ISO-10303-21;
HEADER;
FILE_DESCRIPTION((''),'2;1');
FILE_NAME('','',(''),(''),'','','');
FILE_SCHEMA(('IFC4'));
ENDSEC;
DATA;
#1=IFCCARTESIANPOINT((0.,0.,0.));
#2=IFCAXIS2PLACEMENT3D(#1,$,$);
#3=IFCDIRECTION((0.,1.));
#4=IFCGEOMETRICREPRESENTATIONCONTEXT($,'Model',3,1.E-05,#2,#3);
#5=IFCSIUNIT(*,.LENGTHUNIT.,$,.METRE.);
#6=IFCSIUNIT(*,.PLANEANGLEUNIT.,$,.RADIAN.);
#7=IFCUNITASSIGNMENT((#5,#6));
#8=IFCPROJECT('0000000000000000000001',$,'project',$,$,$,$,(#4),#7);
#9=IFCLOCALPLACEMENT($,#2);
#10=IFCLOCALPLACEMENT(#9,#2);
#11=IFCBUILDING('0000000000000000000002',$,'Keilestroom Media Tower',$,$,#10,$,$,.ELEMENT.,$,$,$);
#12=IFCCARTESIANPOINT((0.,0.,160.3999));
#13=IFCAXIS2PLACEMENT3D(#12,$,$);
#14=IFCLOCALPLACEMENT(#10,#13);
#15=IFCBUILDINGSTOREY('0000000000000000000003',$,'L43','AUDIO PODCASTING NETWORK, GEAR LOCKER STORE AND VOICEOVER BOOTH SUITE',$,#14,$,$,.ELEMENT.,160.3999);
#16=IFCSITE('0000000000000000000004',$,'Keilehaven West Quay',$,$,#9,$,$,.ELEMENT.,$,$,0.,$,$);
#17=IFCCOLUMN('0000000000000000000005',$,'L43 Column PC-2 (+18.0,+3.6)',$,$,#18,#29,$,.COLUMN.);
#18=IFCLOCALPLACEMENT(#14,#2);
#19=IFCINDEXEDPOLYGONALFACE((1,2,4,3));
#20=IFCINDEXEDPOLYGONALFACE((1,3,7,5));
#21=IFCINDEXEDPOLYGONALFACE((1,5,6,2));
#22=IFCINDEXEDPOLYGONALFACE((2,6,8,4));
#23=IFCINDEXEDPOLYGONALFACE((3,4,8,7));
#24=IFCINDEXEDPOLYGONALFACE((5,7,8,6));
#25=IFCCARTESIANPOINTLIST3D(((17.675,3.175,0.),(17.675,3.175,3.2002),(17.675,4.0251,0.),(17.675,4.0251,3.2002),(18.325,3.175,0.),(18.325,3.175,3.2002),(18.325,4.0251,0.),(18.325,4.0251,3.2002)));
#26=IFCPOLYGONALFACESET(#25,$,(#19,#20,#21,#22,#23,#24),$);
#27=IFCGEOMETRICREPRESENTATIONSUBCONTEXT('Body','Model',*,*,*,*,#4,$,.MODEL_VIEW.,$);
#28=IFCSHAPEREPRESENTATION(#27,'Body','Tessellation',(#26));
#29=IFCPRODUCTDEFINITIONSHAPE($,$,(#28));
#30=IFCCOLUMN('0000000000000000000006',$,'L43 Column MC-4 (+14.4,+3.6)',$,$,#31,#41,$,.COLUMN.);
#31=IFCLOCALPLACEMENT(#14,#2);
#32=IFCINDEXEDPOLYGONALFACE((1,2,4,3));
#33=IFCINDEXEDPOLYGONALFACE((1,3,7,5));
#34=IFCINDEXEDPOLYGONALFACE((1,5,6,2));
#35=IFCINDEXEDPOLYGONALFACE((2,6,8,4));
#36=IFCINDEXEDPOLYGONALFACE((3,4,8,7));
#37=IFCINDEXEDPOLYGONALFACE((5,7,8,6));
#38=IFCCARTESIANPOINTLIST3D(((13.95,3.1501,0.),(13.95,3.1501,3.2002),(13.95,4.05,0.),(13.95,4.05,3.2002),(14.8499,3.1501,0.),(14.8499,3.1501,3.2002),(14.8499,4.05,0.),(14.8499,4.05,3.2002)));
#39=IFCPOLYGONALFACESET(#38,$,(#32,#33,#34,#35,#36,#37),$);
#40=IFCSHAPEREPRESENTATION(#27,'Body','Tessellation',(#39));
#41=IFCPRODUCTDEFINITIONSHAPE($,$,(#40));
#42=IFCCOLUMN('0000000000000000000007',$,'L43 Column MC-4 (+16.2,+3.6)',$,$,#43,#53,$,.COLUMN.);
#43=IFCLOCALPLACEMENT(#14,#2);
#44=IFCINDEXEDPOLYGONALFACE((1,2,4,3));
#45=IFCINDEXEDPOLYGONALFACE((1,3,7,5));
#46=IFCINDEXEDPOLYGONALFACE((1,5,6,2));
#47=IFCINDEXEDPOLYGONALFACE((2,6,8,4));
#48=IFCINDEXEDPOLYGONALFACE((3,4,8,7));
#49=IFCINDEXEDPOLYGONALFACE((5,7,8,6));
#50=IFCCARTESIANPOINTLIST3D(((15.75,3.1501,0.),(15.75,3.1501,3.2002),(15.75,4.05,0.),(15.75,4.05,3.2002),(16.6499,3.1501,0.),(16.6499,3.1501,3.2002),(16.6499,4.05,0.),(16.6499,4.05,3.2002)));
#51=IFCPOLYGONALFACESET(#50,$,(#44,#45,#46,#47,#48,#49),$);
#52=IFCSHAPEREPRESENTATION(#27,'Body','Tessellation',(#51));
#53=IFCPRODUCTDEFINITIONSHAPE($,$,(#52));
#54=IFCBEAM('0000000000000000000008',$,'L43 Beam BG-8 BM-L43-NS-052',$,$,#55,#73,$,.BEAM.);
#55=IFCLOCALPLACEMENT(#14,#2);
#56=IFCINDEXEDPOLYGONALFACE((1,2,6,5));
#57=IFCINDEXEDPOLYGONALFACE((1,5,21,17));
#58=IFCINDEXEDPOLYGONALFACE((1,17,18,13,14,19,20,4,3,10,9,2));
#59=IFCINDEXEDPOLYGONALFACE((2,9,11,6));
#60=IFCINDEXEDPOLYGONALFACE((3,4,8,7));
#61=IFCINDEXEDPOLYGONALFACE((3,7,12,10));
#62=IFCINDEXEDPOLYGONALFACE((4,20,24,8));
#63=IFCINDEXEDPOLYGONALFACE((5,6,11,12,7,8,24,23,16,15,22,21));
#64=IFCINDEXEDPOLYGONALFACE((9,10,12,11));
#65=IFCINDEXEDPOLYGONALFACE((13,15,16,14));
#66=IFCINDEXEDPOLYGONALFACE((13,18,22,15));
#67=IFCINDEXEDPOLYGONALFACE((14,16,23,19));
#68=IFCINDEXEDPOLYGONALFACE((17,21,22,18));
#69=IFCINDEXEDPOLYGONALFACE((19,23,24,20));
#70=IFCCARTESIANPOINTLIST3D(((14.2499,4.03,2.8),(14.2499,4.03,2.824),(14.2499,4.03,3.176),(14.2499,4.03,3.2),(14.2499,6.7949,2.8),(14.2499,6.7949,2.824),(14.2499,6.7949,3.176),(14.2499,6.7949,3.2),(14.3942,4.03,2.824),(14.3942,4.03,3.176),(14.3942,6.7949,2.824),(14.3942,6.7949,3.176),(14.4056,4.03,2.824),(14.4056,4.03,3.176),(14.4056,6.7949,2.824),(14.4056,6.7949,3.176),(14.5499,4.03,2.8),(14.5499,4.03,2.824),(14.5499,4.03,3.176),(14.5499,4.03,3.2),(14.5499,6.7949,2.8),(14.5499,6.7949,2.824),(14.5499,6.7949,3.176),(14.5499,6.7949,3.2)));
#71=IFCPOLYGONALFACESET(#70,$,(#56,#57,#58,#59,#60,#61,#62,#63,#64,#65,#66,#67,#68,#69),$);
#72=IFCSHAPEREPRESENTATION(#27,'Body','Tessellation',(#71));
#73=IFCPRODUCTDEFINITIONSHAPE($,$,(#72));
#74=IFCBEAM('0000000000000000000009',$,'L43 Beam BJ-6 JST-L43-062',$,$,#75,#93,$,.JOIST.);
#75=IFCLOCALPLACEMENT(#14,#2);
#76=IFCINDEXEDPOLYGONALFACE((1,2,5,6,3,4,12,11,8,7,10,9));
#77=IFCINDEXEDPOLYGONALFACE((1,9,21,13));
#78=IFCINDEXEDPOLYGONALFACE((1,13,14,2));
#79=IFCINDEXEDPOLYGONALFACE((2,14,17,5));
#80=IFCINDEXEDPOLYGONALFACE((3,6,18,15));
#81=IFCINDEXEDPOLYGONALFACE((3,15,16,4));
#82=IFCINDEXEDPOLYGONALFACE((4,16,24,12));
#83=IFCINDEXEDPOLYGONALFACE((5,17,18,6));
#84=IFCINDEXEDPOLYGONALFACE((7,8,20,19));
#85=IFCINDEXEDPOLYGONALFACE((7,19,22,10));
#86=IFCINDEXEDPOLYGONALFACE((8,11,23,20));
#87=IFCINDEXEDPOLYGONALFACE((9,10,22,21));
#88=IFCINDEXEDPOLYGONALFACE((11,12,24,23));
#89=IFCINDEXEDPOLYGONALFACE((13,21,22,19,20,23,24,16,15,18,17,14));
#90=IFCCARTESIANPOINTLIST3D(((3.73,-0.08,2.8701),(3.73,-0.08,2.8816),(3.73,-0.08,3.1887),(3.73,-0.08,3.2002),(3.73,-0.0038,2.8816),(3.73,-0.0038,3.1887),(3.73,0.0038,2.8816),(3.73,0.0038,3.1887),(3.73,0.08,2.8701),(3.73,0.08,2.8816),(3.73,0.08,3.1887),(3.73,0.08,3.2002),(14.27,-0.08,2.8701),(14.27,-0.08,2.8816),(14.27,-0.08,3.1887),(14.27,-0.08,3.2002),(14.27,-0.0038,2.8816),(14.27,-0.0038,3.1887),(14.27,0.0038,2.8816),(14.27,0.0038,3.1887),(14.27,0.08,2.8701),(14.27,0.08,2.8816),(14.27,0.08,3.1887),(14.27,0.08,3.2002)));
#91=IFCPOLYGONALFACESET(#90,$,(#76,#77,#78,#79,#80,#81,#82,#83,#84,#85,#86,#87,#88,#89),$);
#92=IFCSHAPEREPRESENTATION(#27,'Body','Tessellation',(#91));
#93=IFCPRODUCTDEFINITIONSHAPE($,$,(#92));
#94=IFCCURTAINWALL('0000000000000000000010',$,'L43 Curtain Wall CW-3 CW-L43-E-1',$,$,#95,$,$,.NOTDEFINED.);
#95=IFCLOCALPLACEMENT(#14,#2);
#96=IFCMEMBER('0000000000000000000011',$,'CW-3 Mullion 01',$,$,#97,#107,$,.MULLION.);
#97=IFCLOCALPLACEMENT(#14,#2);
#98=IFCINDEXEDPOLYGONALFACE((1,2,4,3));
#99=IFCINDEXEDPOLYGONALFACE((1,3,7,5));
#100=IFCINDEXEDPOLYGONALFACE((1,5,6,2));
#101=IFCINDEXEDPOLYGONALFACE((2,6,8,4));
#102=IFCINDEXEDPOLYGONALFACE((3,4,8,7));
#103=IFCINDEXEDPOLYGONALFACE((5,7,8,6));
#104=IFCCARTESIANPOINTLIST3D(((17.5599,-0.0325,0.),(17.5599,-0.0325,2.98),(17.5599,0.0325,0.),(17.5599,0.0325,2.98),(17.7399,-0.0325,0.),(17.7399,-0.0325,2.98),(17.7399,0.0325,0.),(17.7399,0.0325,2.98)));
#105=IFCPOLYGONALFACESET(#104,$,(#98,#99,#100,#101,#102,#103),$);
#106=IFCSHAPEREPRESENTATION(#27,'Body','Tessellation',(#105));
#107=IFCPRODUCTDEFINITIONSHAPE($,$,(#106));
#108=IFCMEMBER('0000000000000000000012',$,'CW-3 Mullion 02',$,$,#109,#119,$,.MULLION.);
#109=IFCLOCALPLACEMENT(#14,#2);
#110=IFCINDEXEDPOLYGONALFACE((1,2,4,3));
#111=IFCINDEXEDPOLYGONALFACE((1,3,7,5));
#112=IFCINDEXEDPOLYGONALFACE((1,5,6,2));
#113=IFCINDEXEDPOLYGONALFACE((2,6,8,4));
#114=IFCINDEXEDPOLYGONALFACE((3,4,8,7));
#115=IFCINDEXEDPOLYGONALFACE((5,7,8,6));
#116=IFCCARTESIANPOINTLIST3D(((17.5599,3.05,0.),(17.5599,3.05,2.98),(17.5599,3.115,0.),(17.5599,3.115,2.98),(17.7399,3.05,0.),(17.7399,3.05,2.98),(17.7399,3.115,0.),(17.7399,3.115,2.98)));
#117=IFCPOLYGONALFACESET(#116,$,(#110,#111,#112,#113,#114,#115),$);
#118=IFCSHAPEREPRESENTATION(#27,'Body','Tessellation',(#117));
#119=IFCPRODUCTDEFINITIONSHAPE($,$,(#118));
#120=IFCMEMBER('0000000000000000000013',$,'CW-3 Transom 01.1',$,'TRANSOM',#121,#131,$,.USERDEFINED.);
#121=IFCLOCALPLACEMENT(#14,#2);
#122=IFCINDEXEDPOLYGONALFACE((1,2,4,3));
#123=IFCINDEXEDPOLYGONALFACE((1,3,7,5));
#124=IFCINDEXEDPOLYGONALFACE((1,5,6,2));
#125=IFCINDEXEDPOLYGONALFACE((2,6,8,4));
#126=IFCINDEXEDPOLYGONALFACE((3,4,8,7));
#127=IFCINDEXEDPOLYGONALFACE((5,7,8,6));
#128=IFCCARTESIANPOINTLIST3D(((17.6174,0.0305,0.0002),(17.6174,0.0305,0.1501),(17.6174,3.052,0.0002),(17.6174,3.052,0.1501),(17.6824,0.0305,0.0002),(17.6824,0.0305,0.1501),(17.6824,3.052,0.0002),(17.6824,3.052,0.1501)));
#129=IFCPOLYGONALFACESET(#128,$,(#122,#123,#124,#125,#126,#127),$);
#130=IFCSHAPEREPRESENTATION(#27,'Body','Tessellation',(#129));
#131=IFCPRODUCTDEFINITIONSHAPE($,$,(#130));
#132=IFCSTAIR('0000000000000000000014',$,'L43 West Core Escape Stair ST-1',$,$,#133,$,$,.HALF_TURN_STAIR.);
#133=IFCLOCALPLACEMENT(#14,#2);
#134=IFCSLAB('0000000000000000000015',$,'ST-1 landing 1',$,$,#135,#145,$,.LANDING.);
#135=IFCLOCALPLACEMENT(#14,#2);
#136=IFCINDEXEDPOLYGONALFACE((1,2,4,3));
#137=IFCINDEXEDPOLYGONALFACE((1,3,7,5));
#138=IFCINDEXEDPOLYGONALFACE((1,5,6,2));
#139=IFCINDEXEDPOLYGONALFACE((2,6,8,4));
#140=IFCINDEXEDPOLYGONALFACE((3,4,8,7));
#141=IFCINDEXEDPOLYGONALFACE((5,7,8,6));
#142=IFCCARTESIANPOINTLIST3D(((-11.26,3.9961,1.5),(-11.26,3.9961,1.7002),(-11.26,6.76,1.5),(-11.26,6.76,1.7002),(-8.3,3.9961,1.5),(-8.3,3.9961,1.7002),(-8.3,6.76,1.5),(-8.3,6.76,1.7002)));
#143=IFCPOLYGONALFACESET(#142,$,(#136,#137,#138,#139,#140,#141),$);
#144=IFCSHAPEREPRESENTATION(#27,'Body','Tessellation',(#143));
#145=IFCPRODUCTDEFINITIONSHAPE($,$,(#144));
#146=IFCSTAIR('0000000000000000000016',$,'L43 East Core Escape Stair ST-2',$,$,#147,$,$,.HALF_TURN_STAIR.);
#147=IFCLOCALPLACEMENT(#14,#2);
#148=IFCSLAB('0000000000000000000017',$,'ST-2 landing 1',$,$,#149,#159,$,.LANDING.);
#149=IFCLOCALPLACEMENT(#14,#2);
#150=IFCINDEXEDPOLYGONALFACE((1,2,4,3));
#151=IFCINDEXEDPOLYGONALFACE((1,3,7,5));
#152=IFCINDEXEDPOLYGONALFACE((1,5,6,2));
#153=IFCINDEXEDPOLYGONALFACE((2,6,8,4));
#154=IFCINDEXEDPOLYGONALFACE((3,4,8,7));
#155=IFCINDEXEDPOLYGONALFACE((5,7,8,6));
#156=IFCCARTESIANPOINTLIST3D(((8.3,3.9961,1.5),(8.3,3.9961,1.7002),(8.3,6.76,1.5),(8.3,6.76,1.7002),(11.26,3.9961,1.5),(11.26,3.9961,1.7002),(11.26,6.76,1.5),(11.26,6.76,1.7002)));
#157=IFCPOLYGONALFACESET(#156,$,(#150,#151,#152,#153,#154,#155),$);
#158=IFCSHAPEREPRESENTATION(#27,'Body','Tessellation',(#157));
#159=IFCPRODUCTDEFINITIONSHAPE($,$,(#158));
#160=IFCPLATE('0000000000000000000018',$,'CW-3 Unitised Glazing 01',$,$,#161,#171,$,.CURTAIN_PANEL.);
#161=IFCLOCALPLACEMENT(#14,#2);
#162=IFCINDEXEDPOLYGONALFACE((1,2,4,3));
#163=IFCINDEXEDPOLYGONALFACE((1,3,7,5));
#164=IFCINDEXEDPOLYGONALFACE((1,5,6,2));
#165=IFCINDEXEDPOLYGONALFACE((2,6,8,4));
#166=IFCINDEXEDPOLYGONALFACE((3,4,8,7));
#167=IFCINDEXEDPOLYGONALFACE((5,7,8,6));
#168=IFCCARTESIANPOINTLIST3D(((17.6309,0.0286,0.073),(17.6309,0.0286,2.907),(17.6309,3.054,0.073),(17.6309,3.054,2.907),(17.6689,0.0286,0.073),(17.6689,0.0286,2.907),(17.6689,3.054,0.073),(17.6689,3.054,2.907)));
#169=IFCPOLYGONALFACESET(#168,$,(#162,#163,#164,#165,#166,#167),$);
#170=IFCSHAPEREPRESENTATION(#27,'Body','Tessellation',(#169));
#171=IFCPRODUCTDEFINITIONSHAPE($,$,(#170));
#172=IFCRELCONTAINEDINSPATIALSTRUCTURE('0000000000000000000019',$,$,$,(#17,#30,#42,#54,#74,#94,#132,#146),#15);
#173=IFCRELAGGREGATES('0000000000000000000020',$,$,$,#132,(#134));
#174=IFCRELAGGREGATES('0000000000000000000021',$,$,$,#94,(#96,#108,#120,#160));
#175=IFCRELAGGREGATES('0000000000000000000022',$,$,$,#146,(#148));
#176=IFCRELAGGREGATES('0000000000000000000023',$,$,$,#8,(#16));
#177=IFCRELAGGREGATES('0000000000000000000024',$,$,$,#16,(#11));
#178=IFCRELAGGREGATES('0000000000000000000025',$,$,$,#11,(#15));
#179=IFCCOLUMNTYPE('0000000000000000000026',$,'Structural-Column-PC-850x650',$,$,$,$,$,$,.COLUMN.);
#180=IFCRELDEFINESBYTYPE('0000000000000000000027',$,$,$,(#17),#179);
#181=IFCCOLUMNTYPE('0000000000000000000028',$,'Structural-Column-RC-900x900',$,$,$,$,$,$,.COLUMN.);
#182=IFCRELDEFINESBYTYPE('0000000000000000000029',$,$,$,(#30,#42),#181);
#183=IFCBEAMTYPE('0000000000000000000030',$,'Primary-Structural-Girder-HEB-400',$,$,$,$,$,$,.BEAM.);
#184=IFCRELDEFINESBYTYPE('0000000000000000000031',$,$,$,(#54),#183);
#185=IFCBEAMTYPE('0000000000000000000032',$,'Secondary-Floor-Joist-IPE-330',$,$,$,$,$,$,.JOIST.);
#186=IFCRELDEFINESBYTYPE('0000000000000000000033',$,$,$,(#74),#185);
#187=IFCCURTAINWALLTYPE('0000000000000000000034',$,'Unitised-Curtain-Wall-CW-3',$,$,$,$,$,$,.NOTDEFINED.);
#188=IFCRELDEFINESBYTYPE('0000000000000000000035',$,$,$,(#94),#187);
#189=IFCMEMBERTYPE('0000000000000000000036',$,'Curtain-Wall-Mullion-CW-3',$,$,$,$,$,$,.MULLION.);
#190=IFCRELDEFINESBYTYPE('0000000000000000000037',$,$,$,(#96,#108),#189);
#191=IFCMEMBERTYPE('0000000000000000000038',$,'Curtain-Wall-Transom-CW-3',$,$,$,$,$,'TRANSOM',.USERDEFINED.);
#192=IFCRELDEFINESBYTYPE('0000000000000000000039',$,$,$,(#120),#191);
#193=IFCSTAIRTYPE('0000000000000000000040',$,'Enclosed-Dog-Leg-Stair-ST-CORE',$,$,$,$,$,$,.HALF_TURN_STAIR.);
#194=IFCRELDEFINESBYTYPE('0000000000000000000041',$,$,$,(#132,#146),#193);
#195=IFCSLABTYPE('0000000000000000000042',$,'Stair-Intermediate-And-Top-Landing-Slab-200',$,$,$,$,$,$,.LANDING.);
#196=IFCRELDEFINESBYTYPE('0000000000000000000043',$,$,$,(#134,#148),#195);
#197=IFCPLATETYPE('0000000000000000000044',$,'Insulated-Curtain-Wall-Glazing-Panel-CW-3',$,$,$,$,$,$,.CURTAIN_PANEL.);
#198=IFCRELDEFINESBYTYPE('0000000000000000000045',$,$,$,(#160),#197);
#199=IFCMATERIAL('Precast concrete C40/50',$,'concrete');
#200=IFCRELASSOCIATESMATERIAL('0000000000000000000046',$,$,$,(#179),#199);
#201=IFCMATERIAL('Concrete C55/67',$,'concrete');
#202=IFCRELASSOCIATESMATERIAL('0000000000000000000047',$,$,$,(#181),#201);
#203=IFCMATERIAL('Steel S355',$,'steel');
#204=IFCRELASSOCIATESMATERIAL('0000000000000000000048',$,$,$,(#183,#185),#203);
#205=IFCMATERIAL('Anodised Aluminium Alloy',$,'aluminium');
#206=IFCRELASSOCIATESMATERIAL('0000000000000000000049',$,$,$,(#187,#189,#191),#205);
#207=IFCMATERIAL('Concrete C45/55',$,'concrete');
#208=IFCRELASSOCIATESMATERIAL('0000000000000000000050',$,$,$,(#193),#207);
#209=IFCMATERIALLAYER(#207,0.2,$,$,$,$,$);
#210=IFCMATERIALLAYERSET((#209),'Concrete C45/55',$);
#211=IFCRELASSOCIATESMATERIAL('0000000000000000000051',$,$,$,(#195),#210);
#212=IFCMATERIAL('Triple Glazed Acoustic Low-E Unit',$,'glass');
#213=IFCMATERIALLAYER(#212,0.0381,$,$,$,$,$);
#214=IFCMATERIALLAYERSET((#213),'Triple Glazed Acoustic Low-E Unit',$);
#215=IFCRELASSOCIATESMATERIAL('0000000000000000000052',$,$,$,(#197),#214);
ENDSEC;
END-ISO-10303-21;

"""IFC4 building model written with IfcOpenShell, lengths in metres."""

from ifc_helpers import new_model, si_unit, direction, frame, origin, origin_2d, place, context, subcontext, project, spatial, polyline, rectangle, i_section, outline, extrude, source, transform, mapped, material, layer, layer_set, material_profile, profile_set, type_object, element, aggregate, save


model = new_model("IFC4")

# Units and contexts
model_context = context("Model", 3, precision=1e-05, world=origin(), true_north=direction((0.0, 1.0)))
body_context = subcontext(model_context, "Body", "Model", "MODEL_VIEW")
ifc_project = project(units=[si_unit("LENGTHUNIT", "METRE"), si_unit("PLANEANGLEUNIT", "RADIAN")], contexts=[model_context])

# Site, building, storey
site_placement = place(None, origin())
site = spatial("IfcSite", under=ifc_project, at=site_placement, Name="Keilehaven West Quay", CompositionType="ELEMENT", RefElevation=0.0)
building_placement = place(site_placement, origin())
building = spatial("IfcBuilding", under=site, at=building_placement, Name="Keilestroom Media Tower", CompositionType="ELEMENT")
storey_placement = place(building_placement, frame((0.0, 0.0, 160.3999)))
storey = spatial("IfcBuildingStorey", under=building, at=storey_placement, Name="L43", Description="AUDIO PODCASTING NETWORK, GEAR LOCKER STORE AND VOICEOVER BOOTH SUITE", CompositionType="ELEMENT", Elevation=160.3999)

# Columns
ifc_material_1 = material(Name="Precast concrete C40/50", Category="concrete")
ifc_material_profile_1 = material_profile(ifc_material_1, rectangle(XDim=0.6499, YDim=0.8501, at=origin_2d()), Name="PC 850x650")
ifc_profile_set_1 = profile_set([ifc_material_profile_1], Name="Precast concrete C40/50")
column_type_1 = type_object("IfcColumnType", Name="Structural-Column-PC-850x650", PredefinedType="COLUMN", material=ifc_profile_set_1)
shared_shape_1 = source(origin(), body_context, "Body", "SweptSolid", [
    extrude(rectangle(XDim=0.6499, YDim=0.8501, at=origin_2d()), origin(), (0.0, 0.0, 1.0), 3.2002),
])
column_placement = place(storey_placement, frame((18.0, 3.6001, 0.0), z_axis=(0.0, 0.0, 1.0), x_axis=(1.0, 0.0, 0.0)))
element("IfcColumn", 1, at=column_placement, inside=storey, type_object=column_type_1, Name="L43 Column PC-2 (+18.0,+3.6)", PredefinedType="COLUMN", context=body_context, shape_type="MappedRepresentation", body=[
    mapped(shared_shape_1, transform((0.0, 0.0, 0.0), x_axis=(1.0, 0.0, 0.0), y_axis=(0.0, 1.0, 0.0), z_axis=(0.0, 0.0, 1.0), scale=1.0)),
])
ifc_material_2 = material(Name="Concrete C55/67", Category="concrete")
ifc_material_profile_2 = material_profile(ifc_material_2, rectangle(XDim=0.8999, YDim=0.8999, at=origin_2d()), Name="RC 900x900")
ifc_profile_set_2 = profile_set([ifc_material_profile_2], Name="Concrete C55/67")
column_type_2 = type_object("IfcColumnType", Name="Structural-Column-RC-900x900", PredefinedType="COLUMN", material=ifc_profile_set_2)
shared_shape_2 = source(origin(), body_context, "Body", "SweptSolid", [
    extrude(rectangle(XDim=0.8999, YDim=0.8999, at=origin_2d()), origin(), (0.0, 0.0, 1.0), 3.2002),
])
for number, where, z_axis, x_axis, name in (
    (2, (14.3999, 3.6001, 0.0), (0.0, 0.0, 1.0), (1.0, 0.0, 0.0), "L43 Column MC-4 (+14.4,+3.6)"),
    (3, (16.2, 3.6001, 0.0), (0.0, 0.0, 1.0), (1.0, 0.0, 0.0), "L43 Column MC-4 (+16.2,+3.6)"),
):
    element("IfcColumn", number, at=place(storey_placement, frame(where, z_axis=z_axis, x_axis=x_axis)), inside=storey, type_object=column_type_2, Name=name, PredefinedType="COLUMN", context=body_context, shape_type="MappedRepresentation", body=[
        mapped(shared_shape_2, transform((0.0, 0.0, 0.0), x_axis=(1.0, 0.0, 0.0), y_axis=(0.0, 1.0, 0.0), z_axis=(0.0, 0.0, 1.0), scale=1.0)),
    ])

# Beams
ifc_material_3 = material(Name="Steel S355", Category="steel")
ifc_material_profile_3 = material_profile(ifc_material_3, i_section(OverallWidth=0.3, OverallDepth=0.3999, WebThickness=0.0115, FlangeThickness=0.0239, at=origin_2d()), Name="HEB 400")
ifc_profile_set_3 = profile_set([ifc_material_profile_3], Name="Steel S355")
beam_type_1 = type_object("IfcBeamType", Name="Primary-Structural-Girder-HEB-400", PredefinedType="BEAM", material=ifc_profile_set_3)
shared_shape_3 = source(origin(), body_context, "Body", "SweptSolid", [
    extrude(i_section(OverallWidth=0.3, OverallDepth=0.3999, WebThickness=0.0115, FlangeThickness=0.0239, at=origin_2d()), origin(), (0.0, 0.0, 1.0), 2.7649),
])
beam_1_placement = place(storey_placement, frame((14.3999, 4.03, 3.0), z_axis=(0.0, 1.0, 0.0), x_axis=(-1.0, 0.0, 0.0)))
element("IfcBeam", 4, at=beam_1_placement, inside=storey, type_object=beam_type_1, Name="L43 Beam BG-8 BM-L43-NS-052", PredefinedType="BEAM", context=body_context, shape_type="MappedRepresentation", body=[
    mapped(shared_shape_3, transform((0.0, 0.0, 0.0), x_axis=(1.0, 0.0, 0.0), y_axis=(0.0, 1.0, 0.0), z_axis=(0.0, 0.0, 1.0), scale=1.0)),
])
ifc_material_profile_4 = material_profile(ifc_material_3, i_section(OverallWidth=0.1599, OverallDepth=0.3301, WebThickness=0.0076, FlangeThickness=0.0115, at=origin_2d()), Name="IPE 330")
ifc_profile_set_4 = profile_set([ifc_material_profile_4], Name="Steel S355")
beam_type_2 = type_object("IfcBeamType", Name="Secondary-Floor-Joist-IPE-330", PredefinedType="JOIST", material=ifc_profile_set_4)
shared_shape_4 = source(origin(), body_context, "Body", "SweptSolid", [
    extrude(i_section(OverallWidth=0.1599, OverallDepth=0.3301, WebThickness=0.0076, FlangeThickness=0.0115, at=origin_2d()), origin(), (0.0, 0.0, 1.0), 10.54),
])
beam_2_placement = place(storey_placement, frame((3.73, 0.0, 3.0352), z_axis=(1.0, 0.0, 0.0), x_axis=(0.0, 1.0, 0.0)))
element("IfcBeam", 5, at=beam_2_placement, inside=storey, type_object=beam_type_2, Name="L43 Beam BJ-6 JST-L43-062", PredefinedType="JOIST", context=body_context, shape_type="MappedRepresentation", body=[
    mapped(shared_shape_4, transform((0.0, 0.0, 0.0), x_axis=(1.0, 0.0, 0.0), y_axis=(0.0, 1.0, 0.0), z_axis=(0.0, 0.0, 1.0), scale=1.0)),
])

# Curtain wall, members
ifc_material_4 = material(Name="Anodised Aluminium Alloy", Category="aluminium")
curtain_wall_type = type_object("IfcCurtainWallType", Name="Unitised-Curtain-Wall-CW-3", PredefinedType="NOTDEFINED", material=ifc_material_4)
curtain_wall_placement = place(storey_placement, origin())
curtain_wall = element("IfcCurtainWall", 6, at=curtain_wall_placement, inside=storey, type_object=curtain_wall_type, Name="L43 Curtain Wall CW-3 CW-L43-E-1", PredefinedType="NOTDEFINED")
ifc_material_profile_5 = material_profile(ifc_material_4, rectangle(XDim=0.0649, YDim=0.1799, at=origin_2d()), Name="ALU MULLION 65x180")
ifc_profile_set_5 = profile_set([ifc_material_profile_5], Name="Anodised Aluminium Alloy")
member_type_1 = type_object("IfcMemberType", Name="Curtain-Wall-Mullion-CW-3", PredefinedType="MULLION", material=ifc_profile_set_5)
shared_shape_5 = source(origin(), body_context, "Body", "SweptSolid", [
    extrude(rectangle(XDim=0.0649, YDim=0.1799, at=origin_2d()), origin(), (0.0, 0.0, 1.0), 2.98),
])
member_1_placement = place(storey_placement, frame((17.6499, 0.0, 0.0), z_axis=(0.0, 0.0, 1.0), x_axis=(0.0, 1.0, 0.0)))
member_1 = element("IfcMember", 7, at=member_1_placement, type_object=member_type_1, Name="CW-3 Mullion 01", PredefinedType="MULLION", context=body_context, shape_type="MappedRepresentation", body=[
    mapped(shared_shape_5, transform((0.0, 0.0, 0.0), x_axis=(1.0, 0.0, 0.0), y_axis=(0.0, 1.0, 0.0), z_axis=(0.0, 0.0, 1.0), scale=1.0)),
])
member_2_placement = place(storey_placement, frame((17.6499, 3.0825, 0.0), z_axis=(0.0, 0.0, 1.0), x_axis=(0.0, 1.0, 0.0)))
member_2 = element("IfcMember", 8, at=member_2_placement, type_object=member_type_1, Name="CW-3 Mullion 02", PredefinedType="MULLION", context=body_context, shape_type="MappedRepresentation", body=[
    mapped(shared_shape_5, transform((0.0, 0.0, 0.0), x_axis=(1.0, 0.0, 0.0), y_axis=(0.0, 1.0, 0.0), z_axis=(0.0, 0.0, 1.0), scale=1.0)),
])
ifc_material_profile_6 = material_profile(ifc_material_4, rectangle(XDim=0.0649, YDim=0.1499, at=origin_2d()), Name="ALU TRANSOM 65x150")
ifc_profile_set_6 = profile_set([ifc_material_profile_6], Name="Anodised Aluminium Alloy")
member_type_2 = type_object("IfcMemberType", Name="Curtain-Wall-Transom-CW-3", ElementType="TRANSOM", PredefinedType="USERDEFINED", material=ifc_profile_set_6)
shared_shape_6 = source(origin(), body_context, "Body", "SweptSolid", [
    extrude(rectangle(XDim=0.0649, YDim=0.1499, at=origin_2d()), origin(), (0.0, 0.0, 1.0), 3.0215),
])
member_3_placement = place(storey_placement, frame((17.6499, 0.0305, 0.0752), z_axis=(0.0, 1.0, 0.0), x_axis=(-1.0, 0.0, 0.0)))
member_3 = element("IfcMember", 9, at=member_3_placement, type_object=member_type_2, Name="CW-3 Transom 01.1", ObjectType="TRANSOM", PredefinedType="USERDEFINED", context=body_context, shape_type="MappedRepresentation", body=[
    mapped(shared_shape_6, transform((0.0, 0.0, 0.0), x_axis=(1.0, 0.0, 0.0), y_axis=(0.0, 1.0, 0.0), z_axis=(0.0, 0.0, 1.0), scale=1.0)),
])

# Stairs, slabs
ifc_material_5 = material(Name="Concrete C45/55", Category="concrete")
stair_type = type_object("IfcStairType", Name="Enclosed-Dog-Leg-Stair-ST-CORE", PredefinedType="HALF_TURN_STAIR", material=ifc_material_5)
stair_1_placement = place(storey_placement, origin())
stair_1 = element("IfcStair", 10, at=stair_1_placement, inside=storey, type_object=stair_type, Name="L43 West Core Escape Stair ST-1", PredefinedType="HALF_TURN_STAIR")
ifc_layer_1 = layer(ifc_material_5, 0.2)
ifc_layer_set_1 = layer_set([ifc_layer_1], Name="Concrete C45/55")
slab_type = type_object("IfcSlabType", Name="Stair-Intermediate-And-Top-Landing-Slab-200", PredefinedType="LANDING", material=ifc_layer_set_1)
slab_1_placement = place(storey_placement, frame((0.0, 0.0, 1.5)))
slab_1 = element("IfcSlab", 11, at=slab_1_placement, type_object=slab_type, Name="ST-1 landing 1", PredefinedType="LANDING", context=body_context, shape_type="SweptSolid", body=[
    extrude(outline(polyline([(-8.3, 3.9961), (-8.3, 6.76), (-11.26, 6.76), (-11.26, 3.9961), (-8.3, 3.9961)])), origin(), (0.0, 0.0, 1.0), 0.2002),
])
aggregate(stair_1, [slab_1])
stair_2_placement = place(storey_placement, origin())
stair_2 = element("IfcStair", 12, at=stair_2_placement, inside=storey, type_object=stair_type, Name="L43 East Core Escape Stair ST-2", PredefinedType="HALF_TURN_STAIR")
slab_2_placement = place(storey_placement, frame((0.0, 0.0, 1.5)))
slab_2 = element("IfcSlab", 13, at=slab_2_placement, type_object=slab_type, Name="ST-2 landing 1", PredefinedType="LANDING", context=body_context, shape_type="SweptSolid", body=[
    extrude(outline(polyline([(11.26, 3.9961), (11.26, 6.76), (8.3, 6.76), (8.3, 3.9961), (11.26, 3.9961)])), origin(), (0.0, 0.0, 1.0), 0.2002),
])

# Plate
ifc_material_6 = material(Name="Triple Glazed Acoustic Low-E Unit", Category="glass")
ifc_layer_2 = layer(ifc_material_6, 0.0381)
ifc_layer_set_2 = layer_set([ifc_layer_2], Name="Triple Glazed Acoustic Low-E Unit")
plate_type = type_object("IfcPlateType", Name="Insulated-Curtain-Wall-Glazing-Panel-CW-3", PredefinedType="CURTAIN_PANEL", material=ifc_layer_set_2)
shared_shape_7 = source(origin(), body_context, "Body", "SweptSolid", [
    extrude(rectangle(XDim=3.0254, YDim=0.0381, at=origin_2d()), origin(), (0.0, 0.0, 1.0), 2.834),
])
plate_placement = place(storey_placement, frame((17.6499, 1.5413, 0.073), z_axis=(0.0, 0.0, 1.0), x_axis=(0.0, 1.0, 0.0)))
plate = element("IfcPlate", 14, at=plate_placement, type_object=plate_type, Name="CW-3 Unitised Glazing 01", PredefinedType="CURTAIN_PANEL", context=body_context, shape_type="MappedRepresentation", body=[
    mapped(shared_shape_7, transform((0.0, 0.0, 0.0), x_axis=(1.0, 0.0, 0.0), y_axis=(0.0, 1.0, 0.0), z_axis=(0.0, 0.0, 1.0), scale=1.0)),
])
aggregate(curtain_wall, [member_1, member_2, member_3, plate])

aggregate(stair_2, [slab_2])

save(model, "model.ifc")
